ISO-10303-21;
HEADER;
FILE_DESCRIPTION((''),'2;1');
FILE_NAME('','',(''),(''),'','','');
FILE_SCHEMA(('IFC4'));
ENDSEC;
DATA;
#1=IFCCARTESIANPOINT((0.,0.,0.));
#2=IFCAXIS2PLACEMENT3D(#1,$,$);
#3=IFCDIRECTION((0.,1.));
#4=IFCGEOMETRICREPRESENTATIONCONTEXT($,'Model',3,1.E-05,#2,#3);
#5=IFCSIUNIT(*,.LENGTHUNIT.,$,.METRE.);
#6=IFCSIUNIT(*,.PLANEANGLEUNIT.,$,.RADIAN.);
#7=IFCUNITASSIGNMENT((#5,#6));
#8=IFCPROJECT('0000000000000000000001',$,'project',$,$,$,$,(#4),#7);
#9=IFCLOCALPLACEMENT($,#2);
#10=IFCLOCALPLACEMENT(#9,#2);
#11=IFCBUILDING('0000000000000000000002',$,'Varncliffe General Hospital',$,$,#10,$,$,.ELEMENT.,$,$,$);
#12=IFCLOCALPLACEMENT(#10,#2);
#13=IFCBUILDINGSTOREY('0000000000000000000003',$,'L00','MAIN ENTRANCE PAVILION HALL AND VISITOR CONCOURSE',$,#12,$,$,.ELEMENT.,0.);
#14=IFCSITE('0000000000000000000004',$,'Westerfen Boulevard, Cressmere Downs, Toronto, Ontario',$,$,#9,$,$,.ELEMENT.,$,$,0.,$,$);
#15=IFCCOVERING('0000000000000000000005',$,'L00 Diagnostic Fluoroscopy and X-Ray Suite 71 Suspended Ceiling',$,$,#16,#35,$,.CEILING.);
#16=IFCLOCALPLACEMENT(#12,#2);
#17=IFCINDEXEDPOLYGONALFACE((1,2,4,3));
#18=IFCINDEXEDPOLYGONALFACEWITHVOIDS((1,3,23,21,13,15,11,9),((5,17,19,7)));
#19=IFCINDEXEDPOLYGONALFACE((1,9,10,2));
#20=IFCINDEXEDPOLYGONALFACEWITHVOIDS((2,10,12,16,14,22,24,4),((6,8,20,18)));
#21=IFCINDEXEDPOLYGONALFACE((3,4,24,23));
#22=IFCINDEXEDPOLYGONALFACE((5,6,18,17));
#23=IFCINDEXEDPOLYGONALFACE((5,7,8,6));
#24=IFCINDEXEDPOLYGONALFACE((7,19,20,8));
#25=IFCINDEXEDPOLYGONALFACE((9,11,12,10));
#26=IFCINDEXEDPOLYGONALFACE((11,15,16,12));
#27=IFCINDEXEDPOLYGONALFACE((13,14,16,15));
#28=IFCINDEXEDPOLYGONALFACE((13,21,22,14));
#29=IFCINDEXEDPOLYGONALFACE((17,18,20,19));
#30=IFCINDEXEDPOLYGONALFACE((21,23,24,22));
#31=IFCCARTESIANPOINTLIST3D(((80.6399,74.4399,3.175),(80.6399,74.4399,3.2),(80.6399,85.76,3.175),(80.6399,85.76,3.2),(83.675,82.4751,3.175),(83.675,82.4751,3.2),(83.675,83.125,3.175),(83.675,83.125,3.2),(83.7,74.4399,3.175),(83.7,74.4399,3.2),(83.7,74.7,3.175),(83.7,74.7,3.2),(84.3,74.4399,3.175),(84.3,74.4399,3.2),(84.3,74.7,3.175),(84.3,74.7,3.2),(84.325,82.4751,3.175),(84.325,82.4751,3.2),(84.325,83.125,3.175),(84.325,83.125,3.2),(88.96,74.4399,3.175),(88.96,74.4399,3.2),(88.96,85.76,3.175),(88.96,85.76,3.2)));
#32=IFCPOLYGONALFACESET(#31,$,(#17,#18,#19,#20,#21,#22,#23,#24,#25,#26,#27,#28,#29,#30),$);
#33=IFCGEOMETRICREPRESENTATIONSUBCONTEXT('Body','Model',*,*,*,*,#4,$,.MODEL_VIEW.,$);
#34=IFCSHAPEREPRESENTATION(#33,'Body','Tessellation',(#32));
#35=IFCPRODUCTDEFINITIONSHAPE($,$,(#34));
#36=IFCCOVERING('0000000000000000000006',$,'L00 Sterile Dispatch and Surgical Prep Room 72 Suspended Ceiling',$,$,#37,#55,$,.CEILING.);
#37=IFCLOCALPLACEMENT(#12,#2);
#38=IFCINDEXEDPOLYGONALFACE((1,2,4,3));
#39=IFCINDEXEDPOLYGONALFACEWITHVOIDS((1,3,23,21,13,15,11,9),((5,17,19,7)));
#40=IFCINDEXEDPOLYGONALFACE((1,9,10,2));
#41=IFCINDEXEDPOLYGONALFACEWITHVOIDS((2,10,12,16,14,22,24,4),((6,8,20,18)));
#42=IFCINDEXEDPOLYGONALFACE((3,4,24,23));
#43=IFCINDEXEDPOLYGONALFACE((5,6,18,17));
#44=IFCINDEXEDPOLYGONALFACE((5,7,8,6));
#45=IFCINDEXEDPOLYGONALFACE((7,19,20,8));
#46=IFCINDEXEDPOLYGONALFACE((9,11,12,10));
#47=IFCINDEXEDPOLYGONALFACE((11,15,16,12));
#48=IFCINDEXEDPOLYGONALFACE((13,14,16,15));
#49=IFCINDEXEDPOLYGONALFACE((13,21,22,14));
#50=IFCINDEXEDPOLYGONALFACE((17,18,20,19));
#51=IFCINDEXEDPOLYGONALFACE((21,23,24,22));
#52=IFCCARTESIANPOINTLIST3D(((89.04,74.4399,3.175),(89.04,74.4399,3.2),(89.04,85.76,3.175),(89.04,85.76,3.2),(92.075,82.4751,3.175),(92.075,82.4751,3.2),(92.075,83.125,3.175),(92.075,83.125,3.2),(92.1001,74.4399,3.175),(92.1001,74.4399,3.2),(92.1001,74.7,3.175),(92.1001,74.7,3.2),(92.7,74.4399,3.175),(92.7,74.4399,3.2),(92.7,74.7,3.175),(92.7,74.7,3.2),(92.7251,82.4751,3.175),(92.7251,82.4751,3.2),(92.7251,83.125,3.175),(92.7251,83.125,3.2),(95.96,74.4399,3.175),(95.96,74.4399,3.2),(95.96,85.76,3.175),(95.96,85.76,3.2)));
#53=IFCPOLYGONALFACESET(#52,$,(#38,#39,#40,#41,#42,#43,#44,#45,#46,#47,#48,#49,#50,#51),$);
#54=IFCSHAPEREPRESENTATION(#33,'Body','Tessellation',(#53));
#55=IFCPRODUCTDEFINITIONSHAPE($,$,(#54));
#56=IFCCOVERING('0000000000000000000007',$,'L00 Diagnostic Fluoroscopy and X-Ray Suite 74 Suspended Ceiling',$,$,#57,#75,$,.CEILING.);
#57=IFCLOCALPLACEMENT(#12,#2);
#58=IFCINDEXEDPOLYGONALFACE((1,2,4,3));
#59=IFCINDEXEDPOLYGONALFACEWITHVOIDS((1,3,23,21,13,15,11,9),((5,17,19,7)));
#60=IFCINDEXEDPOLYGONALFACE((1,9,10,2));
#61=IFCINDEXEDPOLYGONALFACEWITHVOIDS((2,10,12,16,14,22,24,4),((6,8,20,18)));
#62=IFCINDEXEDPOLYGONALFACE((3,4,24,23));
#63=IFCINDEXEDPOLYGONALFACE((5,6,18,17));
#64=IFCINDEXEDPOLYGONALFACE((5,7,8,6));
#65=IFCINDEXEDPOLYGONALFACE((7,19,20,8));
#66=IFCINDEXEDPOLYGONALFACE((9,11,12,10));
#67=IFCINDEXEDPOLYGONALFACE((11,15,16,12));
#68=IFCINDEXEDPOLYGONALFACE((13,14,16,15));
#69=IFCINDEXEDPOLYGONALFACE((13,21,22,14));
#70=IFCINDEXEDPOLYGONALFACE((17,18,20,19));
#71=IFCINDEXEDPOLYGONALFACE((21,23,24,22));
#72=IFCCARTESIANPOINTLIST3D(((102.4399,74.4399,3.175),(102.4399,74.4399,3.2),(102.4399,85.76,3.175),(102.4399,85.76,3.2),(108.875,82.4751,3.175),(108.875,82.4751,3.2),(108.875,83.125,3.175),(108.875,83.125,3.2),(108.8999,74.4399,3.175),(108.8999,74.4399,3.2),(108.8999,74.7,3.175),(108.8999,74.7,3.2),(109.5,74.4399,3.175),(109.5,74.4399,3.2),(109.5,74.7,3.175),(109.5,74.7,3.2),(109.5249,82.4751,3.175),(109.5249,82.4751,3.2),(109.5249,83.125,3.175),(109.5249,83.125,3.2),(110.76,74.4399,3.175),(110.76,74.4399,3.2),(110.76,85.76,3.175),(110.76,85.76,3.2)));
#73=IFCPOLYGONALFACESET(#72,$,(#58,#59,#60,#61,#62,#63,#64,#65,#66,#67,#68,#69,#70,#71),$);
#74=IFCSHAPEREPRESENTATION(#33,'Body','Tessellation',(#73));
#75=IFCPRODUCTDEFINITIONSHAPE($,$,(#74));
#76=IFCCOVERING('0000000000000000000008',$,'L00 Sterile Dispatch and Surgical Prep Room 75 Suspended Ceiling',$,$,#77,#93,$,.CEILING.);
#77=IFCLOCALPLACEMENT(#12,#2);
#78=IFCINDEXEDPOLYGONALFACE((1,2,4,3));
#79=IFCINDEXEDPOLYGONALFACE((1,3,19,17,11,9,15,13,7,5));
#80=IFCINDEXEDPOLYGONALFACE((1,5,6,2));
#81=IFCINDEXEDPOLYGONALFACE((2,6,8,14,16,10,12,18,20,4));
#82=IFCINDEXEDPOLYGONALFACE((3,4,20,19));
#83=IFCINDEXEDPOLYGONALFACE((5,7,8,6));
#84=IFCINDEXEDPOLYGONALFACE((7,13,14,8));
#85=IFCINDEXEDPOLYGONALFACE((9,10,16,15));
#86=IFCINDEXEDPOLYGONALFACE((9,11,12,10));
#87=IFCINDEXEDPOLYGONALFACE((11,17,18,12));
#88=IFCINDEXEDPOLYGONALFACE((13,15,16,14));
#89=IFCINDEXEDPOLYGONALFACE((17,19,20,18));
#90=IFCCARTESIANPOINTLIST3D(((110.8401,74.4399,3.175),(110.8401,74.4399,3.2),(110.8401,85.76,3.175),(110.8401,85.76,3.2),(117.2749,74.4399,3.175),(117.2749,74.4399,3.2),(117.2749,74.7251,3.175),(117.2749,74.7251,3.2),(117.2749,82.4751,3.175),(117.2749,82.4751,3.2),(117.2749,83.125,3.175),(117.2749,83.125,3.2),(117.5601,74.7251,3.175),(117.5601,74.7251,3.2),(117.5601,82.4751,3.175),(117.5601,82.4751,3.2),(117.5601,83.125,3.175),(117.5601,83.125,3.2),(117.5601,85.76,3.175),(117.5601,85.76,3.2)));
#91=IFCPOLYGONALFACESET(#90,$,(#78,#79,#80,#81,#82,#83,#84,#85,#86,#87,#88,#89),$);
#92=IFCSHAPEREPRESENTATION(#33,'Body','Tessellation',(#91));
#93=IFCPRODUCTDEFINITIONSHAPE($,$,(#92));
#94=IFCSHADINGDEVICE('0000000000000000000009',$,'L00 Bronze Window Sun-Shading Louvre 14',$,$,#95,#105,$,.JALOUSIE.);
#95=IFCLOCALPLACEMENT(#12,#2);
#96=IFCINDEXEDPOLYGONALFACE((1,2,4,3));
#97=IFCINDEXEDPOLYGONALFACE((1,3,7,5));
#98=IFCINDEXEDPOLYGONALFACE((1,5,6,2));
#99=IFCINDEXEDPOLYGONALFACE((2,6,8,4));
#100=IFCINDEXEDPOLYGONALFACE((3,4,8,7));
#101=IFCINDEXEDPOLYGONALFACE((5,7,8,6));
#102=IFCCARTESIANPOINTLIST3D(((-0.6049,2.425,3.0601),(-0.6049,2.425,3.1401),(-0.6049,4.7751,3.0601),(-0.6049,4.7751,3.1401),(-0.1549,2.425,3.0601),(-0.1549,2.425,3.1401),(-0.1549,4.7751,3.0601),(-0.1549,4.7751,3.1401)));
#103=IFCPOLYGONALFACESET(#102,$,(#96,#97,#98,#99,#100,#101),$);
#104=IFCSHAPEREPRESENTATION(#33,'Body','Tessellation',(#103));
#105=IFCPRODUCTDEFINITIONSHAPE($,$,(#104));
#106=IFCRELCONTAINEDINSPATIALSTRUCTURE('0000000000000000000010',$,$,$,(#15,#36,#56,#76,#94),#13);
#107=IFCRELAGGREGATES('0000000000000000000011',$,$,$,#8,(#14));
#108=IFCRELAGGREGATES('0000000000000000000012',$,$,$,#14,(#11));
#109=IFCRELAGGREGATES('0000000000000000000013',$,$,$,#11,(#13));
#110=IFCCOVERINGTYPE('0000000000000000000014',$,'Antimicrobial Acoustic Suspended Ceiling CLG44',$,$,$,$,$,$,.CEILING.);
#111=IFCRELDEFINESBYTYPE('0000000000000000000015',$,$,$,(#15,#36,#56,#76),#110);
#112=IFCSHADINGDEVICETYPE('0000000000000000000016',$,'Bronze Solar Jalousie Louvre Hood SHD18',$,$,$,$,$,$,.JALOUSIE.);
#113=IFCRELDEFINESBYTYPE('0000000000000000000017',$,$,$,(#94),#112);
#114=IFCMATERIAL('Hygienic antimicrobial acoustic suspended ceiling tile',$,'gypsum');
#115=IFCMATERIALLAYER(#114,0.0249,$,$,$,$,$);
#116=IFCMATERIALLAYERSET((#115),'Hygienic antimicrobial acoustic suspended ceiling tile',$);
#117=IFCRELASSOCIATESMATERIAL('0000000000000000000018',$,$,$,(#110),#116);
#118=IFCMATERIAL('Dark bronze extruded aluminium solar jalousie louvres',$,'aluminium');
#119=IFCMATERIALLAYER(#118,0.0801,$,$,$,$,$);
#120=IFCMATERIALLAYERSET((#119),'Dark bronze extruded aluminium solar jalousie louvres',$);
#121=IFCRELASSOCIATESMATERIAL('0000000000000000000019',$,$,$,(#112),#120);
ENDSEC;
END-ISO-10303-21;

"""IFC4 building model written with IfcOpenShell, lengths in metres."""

from ifc_helpers import new_model, si_unit, direction, frame, origin, origin_2d, place, context, subcontext, project, spatial, polyline, rectangle, outline, extrude, material, layer, layer_set, type_object, element, save


model = new_model("IFC4")

# Units and contexts
model_context = context("Model", 3, precision=1e-05, world=origin(), true_north=direction((0.0, 1.0)))
body_context = subcontext(model_context, "Body", "Model", "MODEL_VIEW")
ifc_project = project(units=[si_unit("LENGTHUNIT", "METRE"), si_unit("PLANEANGLEUNIT", "RADIAN")], contexts=[model_context])

# Site, building, storey
site_placement = place(None, origin())
site = spatial("IfcSite", under=ifc_project, at=site_placement, Name="Westerfen Boulevard, Cressmere Downs, Toronto, Ontario", CompositionType="ELEMENT", RefElevation=0.0)
building_placement = place(site_placement, origin())
building = spatial("IfcBuilding", under=site, at=building_placement, Name="Varncliffe General Hospital", CompositionType="ELEMENT")
storey_placement = place(building_placement, origin())
storey = spatial("IfcBuildingStorey", under=building, at=storey_placement, Name="L00", Description="MAIN ENTRANCE PAVILION HALL AND VISITOR CONCOURSE", CompositionType="ELEMENT", Elevation=0.0)

# Coverings
ifc_material_1 = material(Name="Hygienic antimicrobial acoustic suspended ceiling tile", Category="gypsum")
ifc_layer_1 = layer(ifc_material_1, 0.0249)
ifc_layer_set_1 = layer_set([ifc_layer_1], Name="Hygienic antimicrobial acoustic suspended ceiling tile")
covering_type = type_object("IfcCoveringType", Name="Antimicrobial Acoustic Suspended Ceiling CLG44", PredefinedType="CEILING", material=ifc_layer_set_1)
covering_1_placement = place(storey_placement, frame((0.0, 0.0, 3.175)))
element("IfcCovering", 1, at=covering_1_placement, inside=storey, type_object=covering_type, Name="L00 Diagnostic Fluoroscopy and X-Ray Suite 71 Suspended Ceiling", PredefinedType="CEILING", context=body_context, shape_type="SweptSolid", body=[
    extrude(outline(polyline([(80.6399, 74.4399), (80.6399, 85.76), (88.96, 85.76), (88.96, 74.4399), (84.3, 74.4399), (84.3, 74.7), (83.7, 74.7), (83.7, 74.4399), (80.6399, 74.4399)]), holes=[polyline([(84.325, 82.4751), (84.325, 83.125), (83.675, 83.125), (83.675, 82.4751), (84.325, 82.4751)])]), origin(), (0.0, 0.0, 1.0), 0.0249),
])
covering_2_placement = place(storey_placement, frame((0.0, 0.0, 3.175)))
element("IfcCovering", 2, at=covering_2_placement, inside=storey, type_object=covering_type, Name="L00 Sterile Dispatch and Surgical Prep Room 72 Suspended Ceiling", PredefinedType="CEILING", context=body_context, shape_type="SweptSolid", body=[
    extrude(outline(polyline([(89.04, 74.4399), (89.04, 85.76), (95.96, 85.76), (95.96, 74.4399), (92.7, 74.4399), (92.7, 74.7), (92.1001, 74.7), (92.1001, 74.4399), (89.04, 74.4399)]), holes=[polyline([(92.7251, 82.4751), (92.7251, 83.125), (92.075, 83.125), (92.075, 82.4751), (92.7251, 82.4751)])]), origin(), (0.0, 0.0, 1.0), 0.0249),
])
covering_3_placement = place(storey_placement, frame((0.0, 0.0, 3.175)))
element("IfcCovering", 3, at=covering_3_placement, inside=storey, type_object=covering_type, Name="L00 Diagnostic Fluoroscopy and X-Ray Suite 74 Suspended Ceiling", PredefinedType="CEILING", context=body_context, shape_type="SweptSolid", body=[
    extrude(outline(polyline([(102.4399, 74.4399), (102.4399, 85.76), (110.76, 85.76), (110.76, 74.4399), (109.5, 74.4399), (109.5, 74.7), (108.8999, 74.7), (108.8999, 74.4399), (102.4399, 74.4399)]), holes=[polyline([(109.5249, 82.4751), (109.5249, 83.125), (108.875, 83.125), (108.875, 82.4751), (109.5249, 82.4751)])]), origin(), (0.0, 0.0, 1.0), 0.0249),
])
covering_4_placement = place(storey_placement, frame((0.0, 0.0, 3.175)))
element("IfcCovering", 4, at=covering_4_placement, inside=storey, type_object=covering_type, Name="L00 Sterile Dispatch and Surgical Prep Room 75 Suspended Ceiling", PredefinedType="CEILING", context=body_context, shape_type="SweptSolid", body=[
    extrude(outline(polyline([(110.8401, 85.76), (117.5601, 85.76), (117.5601, 83.125), (117.2749, 83.125), (117.2749, 82.4751), (117.5601, 82.4751), (117.5601, 74.7251), (117.2749, 74.7251), (117.2749, 74.4399), (110.8401, 74.4399), (110.8401, 85.76)])), origin(), (0.0, 0.0, 1.0), 0.0249),
])

# Shading device
ifc_material_2 = material(Name="Dark bronze extruded aluminium solar jalousie louvres", Category="aluminium")
ifc_layer_2 = layer(ifc_material_2, 0.0801)
ifc_layer_set_2 = layer_set([ifc_layer_2], Name="Dark bronze extruded aluminium solar jalousie louvres")
shading_device_type = type_object("IfcShadingDeviceType", Name="Bronze Solar Jalousie Louvre Hood SHD18", PredefinedType="JALOUSIE", material=ifc_layer_set_2)
shading_device_placement = place(storey_placement, frame((-0.3799, 3.6001, 3.0601), z_axis=(0.0, 0.0, 1.0), x_axis=(0.0, 1.0, 0.0)))
element("IfcShadingDevice", 5, at=shading_device_placement, inside=storey, type_object=shading_device_type, Name="L00 Bronze Window Sun-Shading Louvre 14", PredefinedType="JALOUSIE", context=body_context, shape_type="SweptSolid", body=[
    extrude(rectangle(XDim=2.3501, YDim=0.45, at=origin_2d()), origin(), (0.0, 0.0, 1.0), 0.0801),
])

save(model, "model.ifc")
